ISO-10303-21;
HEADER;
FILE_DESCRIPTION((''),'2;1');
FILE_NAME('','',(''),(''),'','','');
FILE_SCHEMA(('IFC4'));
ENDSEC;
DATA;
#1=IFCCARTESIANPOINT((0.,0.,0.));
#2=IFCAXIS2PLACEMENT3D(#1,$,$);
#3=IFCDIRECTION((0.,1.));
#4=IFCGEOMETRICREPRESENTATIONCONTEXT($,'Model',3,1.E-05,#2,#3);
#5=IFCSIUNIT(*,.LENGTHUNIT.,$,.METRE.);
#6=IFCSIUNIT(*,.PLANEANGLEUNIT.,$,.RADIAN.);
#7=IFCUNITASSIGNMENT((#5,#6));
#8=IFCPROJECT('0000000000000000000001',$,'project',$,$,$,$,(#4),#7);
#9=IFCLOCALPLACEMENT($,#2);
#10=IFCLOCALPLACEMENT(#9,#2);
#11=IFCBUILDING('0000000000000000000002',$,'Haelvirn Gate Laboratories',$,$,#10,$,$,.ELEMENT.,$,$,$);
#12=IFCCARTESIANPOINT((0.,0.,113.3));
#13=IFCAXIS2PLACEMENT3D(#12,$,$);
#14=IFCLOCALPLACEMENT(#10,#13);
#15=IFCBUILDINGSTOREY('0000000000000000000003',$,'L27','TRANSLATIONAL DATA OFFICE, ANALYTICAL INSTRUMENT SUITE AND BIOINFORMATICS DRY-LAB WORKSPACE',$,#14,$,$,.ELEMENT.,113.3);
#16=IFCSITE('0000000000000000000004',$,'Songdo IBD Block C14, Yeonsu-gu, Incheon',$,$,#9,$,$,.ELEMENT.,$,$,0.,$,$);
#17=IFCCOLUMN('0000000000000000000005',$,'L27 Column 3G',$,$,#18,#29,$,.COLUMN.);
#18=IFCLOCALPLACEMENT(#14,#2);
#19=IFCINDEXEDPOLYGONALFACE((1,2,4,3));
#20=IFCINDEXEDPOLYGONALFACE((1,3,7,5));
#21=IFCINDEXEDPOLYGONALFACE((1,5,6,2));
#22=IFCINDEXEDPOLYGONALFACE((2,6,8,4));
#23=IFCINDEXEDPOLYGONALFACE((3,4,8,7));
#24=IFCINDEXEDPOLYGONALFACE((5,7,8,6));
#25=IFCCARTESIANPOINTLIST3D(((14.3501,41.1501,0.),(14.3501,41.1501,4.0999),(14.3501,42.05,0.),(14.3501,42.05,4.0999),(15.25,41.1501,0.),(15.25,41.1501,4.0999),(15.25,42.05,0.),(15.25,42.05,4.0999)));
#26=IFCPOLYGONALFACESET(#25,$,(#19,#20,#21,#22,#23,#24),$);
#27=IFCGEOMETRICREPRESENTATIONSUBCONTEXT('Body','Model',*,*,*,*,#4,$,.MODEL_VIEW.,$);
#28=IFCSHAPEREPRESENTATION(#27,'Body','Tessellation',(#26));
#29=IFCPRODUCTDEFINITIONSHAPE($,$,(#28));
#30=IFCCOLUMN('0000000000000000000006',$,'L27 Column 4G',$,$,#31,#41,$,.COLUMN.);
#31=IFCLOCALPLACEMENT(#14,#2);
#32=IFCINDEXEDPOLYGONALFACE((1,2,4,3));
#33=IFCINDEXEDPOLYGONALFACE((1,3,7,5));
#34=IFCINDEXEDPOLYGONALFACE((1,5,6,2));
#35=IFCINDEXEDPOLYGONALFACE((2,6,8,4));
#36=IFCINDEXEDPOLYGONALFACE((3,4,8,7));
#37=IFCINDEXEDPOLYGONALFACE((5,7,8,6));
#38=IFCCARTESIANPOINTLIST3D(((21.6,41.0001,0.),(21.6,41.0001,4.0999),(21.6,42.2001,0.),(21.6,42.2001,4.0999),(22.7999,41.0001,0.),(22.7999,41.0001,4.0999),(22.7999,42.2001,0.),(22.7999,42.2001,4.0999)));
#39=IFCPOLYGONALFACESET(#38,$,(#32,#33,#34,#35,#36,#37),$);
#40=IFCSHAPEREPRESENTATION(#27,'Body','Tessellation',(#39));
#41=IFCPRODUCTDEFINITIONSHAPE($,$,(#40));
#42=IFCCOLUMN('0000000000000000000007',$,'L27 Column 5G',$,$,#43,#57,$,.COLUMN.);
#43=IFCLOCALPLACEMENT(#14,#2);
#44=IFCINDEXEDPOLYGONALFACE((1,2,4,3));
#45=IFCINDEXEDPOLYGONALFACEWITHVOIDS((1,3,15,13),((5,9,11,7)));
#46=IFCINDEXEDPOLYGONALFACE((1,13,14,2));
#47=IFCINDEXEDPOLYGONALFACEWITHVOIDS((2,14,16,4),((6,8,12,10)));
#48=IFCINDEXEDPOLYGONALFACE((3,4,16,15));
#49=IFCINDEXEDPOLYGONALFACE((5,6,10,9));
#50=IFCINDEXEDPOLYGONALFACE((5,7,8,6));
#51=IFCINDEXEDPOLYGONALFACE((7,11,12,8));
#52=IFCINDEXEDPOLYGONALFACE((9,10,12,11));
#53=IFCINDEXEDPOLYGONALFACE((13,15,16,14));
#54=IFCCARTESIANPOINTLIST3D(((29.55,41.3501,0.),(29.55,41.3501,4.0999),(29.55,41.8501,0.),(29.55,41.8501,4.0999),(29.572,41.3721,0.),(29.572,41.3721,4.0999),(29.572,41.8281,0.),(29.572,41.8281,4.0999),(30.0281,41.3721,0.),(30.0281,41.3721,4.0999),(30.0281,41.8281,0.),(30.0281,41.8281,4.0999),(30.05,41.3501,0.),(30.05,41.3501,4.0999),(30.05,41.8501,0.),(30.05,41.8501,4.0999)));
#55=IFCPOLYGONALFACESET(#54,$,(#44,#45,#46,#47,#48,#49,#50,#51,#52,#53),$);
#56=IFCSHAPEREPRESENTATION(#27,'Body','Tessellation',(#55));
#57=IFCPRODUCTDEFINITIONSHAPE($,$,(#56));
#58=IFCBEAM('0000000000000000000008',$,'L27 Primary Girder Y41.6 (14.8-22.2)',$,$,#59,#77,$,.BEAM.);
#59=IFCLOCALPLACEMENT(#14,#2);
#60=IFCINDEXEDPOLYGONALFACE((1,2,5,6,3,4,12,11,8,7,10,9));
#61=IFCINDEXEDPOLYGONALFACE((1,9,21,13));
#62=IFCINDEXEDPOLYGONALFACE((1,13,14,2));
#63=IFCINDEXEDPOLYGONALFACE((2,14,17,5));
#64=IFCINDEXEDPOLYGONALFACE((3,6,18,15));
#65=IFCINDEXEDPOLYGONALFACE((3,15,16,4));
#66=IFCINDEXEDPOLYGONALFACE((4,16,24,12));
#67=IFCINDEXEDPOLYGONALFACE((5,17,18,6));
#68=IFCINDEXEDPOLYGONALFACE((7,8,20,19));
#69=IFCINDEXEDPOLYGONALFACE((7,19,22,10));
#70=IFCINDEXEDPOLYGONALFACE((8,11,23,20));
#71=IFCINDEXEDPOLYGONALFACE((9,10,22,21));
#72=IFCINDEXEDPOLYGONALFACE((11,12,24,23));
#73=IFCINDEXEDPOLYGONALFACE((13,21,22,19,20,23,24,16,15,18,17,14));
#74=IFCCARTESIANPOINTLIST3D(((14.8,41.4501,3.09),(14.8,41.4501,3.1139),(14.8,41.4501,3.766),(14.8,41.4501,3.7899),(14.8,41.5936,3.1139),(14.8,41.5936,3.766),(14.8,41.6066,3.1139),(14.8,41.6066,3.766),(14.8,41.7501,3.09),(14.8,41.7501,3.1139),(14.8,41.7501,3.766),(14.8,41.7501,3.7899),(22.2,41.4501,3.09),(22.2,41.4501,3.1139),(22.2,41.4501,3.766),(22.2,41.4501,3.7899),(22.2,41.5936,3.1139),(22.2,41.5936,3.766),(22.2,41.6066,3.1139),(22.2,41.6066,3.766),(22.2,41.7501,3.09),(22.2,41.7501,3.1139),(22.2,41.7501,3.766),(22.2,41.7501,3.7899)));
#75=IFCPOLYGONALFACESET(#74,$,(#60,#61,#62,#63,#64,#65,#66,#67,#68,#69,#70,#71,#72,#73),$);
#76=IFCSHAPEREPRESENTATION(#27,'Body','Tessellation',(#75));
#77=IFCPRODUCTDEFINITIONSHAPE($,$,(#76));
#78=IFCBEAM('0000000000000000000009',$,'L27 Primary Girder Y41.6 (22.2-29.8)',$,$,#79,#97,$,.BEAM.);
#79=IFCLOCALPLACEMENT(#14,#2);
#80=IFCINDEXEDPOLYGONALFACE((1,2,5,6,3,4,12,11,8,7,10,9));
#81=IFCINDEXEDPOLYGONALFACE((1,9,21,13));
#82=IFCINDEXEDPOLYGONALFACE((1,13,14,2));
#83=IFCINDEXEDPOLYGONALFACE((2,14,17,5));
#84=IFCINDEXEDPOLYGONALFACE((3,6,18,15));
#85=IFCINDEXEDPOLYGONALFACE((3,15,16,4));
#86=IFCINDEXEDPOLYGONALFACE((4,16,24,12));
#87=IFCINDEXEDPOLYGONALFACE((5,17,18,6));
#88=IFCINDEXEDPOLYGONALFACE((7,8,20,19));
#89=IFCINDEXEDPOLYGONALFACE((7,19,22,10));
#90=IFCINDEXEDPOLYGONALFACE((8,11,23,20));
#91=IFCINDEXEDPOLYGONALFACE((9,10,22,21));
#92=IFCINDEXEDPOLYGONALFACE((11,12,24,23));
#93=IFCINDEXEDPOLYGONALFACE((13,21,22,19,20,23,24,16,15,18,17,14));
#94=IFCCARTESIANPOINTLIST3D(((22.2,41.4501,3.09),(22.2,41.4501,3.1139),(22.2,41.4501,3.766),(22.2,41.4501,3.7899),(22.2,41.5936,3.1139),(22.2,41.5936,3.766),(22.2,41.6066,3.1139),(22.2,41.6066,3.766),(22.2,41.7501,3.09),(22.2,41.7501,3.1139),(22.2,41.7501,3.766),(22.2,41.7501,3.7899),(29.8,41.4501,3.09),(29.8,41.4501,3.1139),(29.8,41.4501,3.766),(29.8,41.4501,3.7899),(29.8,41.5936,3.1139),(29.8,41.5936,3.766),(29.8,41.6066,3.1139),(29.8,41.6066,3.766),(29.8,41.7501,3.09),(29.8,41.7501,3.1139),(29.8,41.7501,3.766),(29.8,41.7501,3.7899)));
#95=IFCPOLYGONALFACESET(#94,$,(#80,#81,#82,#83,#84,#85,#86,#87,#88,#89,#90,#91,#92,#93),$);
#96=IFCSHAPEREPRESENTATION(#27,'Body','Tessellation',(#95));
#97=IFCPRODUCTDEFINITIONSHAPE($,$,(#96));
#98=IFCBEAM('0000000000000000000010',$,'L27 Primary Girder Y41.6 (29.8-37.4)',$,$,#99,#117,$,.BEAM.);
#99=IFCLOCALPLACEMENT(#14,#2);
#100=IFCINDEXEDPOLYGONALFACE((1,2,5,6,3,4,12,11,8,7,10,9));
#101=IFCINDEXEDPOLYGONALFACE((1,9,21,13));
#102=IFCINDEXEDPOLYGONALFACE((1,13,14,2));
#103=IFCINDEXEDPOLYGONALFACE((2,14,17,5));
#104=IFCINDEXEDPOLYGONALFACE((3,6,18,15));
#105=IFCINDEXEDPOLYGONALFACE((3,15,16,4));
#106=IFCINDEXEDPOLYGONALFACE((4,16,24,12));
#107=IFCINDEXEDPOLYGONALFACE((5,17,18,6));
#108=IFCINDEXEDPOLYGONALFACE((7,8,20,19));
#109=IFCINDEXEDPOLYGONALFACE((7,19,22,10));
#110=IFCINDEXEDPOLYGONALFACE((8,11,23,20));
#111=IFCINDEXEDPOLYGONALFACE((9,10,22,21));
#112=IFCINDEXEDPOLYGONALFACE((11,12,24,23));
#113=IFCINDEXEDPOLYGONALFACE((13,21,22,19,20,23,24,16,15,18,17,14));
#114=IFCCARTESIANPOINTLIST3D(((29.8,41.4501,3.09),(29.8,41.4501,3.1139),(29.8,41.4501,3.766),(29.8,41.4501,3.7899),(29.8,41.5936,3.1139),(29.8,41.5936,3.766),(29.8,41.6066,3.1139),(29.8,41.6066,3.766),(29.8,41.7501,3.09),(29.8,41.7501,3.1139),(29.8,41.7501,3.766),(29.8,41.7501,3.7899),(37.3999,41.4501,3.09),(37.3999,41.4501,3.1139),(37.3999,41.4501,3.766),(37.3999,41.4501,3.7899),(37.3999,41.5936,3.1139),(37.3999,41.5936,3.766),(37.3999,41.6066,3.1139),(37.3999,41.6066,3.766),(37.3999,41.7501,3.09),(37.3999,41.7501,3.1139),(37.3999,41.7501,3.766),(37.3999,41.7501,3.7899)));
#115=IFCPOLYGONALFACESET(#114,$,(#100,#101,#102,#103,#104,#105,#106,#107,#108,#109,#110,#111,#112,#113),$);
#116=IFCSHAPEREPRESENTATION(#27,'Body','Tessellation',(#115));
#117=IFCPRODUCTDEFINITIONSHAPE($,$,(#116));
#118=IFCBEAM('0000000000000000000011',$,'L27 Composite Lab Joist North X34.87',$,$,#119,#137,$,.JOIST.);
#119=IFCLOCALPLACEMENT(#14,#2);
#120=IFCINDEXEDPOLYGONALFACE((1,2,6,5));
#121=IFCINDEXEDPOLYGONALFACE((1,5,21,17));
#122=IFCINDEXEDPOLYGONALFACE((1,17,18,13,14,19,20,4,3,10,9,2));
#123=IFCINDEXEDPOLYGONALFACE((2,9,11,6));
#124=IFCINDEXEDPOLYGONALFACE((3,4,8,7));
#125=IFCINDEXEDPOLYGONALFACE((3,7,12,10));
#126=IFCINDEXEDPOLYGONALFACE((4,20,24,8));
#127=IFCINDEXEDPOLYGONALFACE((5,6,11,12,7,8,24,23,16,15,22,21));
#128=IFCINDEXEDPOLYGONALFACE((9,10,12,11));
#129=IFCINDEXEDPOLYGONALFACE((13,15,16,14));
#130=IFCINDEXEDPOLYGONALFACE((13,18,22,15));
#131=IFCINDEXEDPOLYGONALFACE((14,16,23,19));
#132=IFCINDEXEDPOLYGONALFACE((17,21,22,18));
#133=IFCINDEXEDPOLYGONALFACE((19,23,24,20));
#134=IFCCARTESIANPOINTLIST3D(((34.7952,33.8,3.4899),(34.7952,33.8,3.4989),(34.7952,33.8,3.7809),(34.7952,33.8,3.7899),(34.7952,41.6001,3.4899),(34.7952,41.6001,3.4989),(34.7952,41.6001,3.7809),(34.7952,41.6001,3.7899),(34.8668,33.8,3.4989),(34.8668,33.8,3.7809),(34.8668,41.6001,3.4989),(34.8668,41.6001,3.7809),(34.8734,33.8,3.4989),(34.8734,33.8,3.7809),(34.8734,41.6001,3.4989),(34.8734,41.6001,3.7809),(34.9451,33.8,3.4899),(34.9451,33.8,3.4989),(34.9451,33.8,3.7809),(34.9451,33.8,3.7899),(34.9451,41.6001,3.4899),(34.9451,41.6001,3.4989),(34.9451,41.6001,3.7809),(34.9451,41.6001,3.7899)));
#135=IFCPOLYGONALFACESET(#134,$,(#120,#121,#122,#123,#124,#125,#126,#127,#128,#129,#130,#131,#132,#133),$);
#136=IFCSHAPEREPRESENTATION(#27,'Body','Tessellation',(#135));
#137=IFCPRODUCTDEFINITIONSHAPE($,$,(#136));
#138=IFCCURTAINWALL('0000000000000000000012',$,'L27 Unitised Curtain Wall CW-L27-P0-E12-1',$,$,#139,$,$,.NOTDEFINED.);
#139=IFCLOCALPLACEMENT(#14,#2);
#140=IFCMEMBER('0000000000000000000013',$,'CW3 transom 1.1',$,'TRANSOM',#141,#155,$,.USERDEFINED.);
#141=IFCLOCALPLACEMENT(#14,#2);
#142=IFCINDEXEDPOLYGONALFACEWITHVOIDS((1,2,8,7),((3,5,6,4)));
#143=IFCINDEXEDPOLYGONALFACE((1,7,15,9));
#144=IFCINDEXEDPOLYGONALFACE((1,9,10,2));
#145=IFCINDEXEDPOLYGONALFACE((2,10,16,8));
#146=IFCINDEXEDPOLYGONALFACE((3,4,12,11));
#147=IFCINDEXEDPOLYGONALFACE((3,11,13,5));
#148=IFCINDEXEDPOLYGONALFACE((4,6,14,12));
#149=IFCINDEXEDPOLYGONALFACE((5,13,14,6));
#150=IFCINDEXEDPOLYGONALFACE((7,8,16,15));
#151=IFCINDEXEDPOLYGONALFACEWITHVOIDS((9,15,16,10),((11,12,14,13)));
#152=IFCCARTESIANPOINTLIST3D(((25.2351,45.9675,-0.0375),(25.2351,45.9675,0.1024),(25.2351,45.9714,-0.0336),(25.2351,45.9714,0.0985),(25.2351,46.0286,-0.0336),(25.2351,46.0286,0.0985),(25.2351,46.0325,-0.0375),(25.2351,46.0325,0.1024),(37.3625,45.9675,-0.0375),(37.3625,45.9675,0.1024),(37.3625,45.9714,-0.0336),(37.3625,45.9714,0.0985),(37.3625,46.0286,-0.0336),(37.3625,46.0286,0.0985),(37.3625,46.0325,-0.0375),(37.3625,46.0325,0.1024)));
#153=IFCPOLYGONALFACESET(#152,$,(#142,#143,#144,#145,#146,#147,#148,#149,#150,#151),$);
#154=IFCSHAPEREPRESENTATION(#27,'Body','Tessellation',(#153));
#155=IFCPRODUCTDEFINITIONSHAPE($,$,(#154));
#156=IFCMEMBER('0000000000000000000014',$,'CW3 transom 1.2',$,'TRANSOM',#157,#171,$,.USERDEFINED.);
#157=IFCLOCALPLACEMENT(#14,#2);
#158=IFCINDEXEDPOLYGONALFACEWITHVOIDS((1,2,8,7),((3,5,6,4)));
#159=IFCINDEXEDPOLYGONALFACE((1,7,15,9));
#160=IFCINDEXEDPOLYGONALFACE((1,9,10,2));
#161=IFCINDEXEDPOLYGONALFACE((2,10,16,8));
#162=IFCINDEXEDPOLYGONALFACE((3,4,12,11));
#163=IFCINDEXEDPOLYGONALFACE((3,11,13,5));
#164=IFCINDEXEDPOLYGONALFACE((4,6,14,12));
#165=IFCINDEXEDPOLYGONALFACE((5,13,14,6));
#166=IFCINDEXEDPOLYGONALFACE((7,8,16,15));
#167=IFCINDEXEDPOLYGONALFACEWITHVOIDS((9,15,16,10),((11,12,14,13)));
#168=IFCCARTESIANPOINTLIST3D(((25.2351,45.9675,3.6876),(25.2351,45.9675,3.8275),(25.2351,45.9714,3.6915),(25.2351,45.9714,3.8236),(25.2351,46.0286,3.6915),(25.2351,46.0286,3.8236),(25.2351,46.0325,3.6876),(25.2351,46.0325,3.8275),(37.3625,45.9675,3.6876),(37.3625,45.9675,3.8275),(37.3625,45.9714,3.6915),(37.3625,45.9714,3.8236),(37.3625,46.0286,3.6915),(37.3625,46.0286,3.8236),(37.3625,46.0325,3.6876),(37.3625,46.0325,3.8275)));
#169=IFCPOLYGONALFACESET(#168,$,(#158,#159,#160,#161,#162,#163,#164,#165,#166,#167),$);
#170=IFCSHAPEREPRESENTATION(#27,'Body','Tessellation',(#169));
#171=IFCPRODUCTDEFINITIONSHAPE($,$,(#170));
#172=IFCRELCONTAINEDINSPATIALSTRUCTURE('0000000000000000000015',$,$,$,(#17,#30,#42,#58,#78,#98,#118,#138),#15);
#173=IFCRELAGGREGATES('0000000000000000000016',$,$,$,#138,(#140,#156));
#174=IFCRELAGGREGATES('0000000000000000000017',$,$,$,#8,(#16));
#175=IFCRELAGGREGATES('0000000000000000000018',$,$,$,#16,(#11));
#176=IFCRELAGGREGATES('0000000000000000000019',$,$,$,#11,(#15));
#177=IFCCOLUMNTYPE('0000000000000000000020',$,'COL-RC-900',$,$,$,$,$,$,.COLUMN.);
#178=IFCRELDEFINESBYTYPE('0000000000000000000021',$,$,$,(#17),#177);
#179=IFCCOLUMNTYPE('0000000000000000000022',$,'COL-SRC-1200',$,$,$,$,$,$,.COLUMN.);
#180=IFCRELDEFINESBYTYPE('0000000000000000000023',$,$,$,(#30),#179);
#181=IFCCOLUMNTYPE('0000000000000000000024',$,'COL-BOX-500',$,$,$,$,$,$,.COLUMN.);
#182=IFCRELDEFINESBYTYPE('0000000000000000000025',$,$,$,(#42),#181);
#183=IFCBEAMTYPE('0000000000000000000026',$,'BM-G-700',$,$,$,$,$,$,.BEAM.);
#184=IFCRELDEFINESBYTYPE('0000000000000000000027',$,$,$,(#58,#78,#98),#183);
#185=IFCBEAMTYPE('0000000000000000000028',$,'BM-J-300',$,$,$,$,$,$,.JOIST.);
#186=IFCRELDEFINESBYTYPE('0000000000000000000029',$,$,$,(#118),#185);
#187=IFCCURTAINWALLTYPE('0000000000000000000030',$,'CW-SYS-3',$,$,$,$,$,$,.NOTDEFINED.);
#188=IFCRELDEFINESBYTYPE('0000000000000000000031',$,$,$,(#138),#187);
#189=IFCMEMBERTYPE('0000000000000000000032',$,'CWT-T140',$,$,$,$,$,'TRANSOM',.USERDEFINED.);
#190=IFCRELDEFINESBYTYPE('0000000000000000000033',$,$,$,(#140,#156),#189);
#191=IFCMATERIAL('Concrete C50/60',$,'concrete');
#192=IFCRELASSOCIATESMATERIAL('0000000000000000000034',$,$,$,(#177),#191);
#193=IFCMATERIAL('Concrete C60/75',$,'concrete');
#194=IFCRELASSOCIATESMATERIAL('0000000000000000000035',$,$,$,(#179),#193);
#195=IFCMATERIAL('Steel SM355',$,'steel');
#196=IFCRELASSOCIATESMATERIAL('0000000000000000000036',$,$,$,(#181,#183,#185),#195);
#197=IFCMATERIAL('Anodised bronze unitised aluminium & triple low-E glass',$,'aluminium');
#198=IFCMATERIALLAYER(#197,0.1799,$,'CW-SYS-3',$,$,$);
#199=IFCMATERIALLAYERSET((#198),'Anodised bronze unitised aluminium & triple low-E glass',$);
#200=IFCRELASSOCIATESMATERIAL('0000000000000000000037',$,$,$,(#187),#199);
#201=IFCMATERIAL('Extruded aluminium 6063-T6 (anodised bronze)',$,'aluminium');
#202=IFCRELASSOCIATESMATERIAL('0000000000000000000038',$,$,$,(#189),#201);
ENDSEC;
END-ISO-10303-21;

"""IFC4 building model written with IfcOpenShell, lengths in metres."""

from ifc_helpers import new_model, si_unit, direction, frame, origin, origin_2d, place, context, subcontext, project, spatial, rectangle, hollow_rectangle, i_section, extrude, source, transform, mapped, material, layer, layer_set, material_profile, profile_set, type_object, type_shapes, element, aggregate, save


model = new_model("IFC4")

# Units and contexts
model_context = context("Model", 3, precision=1e-05, world=origin(), true_north=direction((0.0, 1.0)))
body_context = subcontext(model_context, "Body", "Model", "MODEL_VIEW")
ifc_project = project(units=[si_unit("LENGTHUNIT", "METRE"), si_unit("PLANEANGLEUNIT", "RADIAN")], contexts=[model_context])

# Site, building, storey
site_placement = place(None, origin())
site = spatial("IfcSite", under=ifc_project, at=site_placement, Name="Songdo IBD Block C14, Yeonsu-gu, Incheon", CompositionType="ELEMENT", RefElevation=0.0)
building_placement = place(site_placement, origin())
building = spatial("IfcBuilding", under=site, at=building_placement, Name="Haelvirn Gate Laboratories", CompositionType="ELEMENT")
storey_placement = place(building_placement, frame((0.0, 0.0, 113.3)))
storey = spatial("IfcBuildingStorey", under=building, at=storey_placement, Name="L27", Description="TRANSLATIONAL DATA OFFICE, ANALYTICAL INSTRUMENT SUITE AND BIOINFORMATICS DRY-LAB WORKSPACE", CompositionType="ELEMENT", Elevation=113.3)

# Columns
ifc_material_1 = material(Name="Concrete C50/60", Category="concrete")
ifc_material_profile_1 = material_profile(ifc_material_1, rectangle(XDim=0.8999, YDim=0.8999, at=origin_2d()), Name="RC-900x900")
ifc_profile_set_1 = profile_set([ifc_material_profile_1], Name="Concrete C50/60")
column_type_1 = type_object("IfcColumnType", Name="COL-RC-900", PredefinedType="COLUMN", material=ifc_profile_set_1)
shared_shape_1 = source(origin(), body_context, "Body", "SweptSolid", [
    extrude(rectangle(XDim=0.8999, YDim=0.8999, at=origin_2d()), origin(), (0.0, 0.0, 1.0), 4.0999),
])
type_shapes(column_type_1, [shared_shape_1])
column_1_placement = place(storey_placement, frame((14.8, 41.6001, 0.0), z_axis=(0.0, 0.0, 1.0), x_axis=(1.0, 0.0, 0.0)))
element("IfcColumn", 1, at=column_1_placement, inside=storey, type_object=column_type_1, Name="L27 Column 3G", PredefinedType="COLUMN", context=body_context, shape_type="MappedRepresentation", body=[
    mapped(shared_shape_1, transform((0.0, 0.0, 0.0), scale=1.0)),
])
ifc_material_2 = material(Name="Concrete C60/75", Category="concrete")
ifc_material_profile_2 = material_profile(ifc_material_2, rectangle(XDim=1.2, YDim=1.2, at=origin_2d()), Name="SRC-1200x1200")
ifc_profile_set_2 = profile_set([ifc_material_profile_2], Name="Concrete C60/75")
column_type_2 = type_object("IfcColumnType", Name="COL-SRC-1200", PredefinedType="COLUMN", material=ifc_profile_set_2)
shared_shape_2 = source(origin(), body_context, "Body", "SweptSolid", [
    extrude(rectangle(XDim=1.2, YDim=1.2, at=origin_2d()), origin(), (0.0, 0.0, 1.0), 4.0999),
])
type_shapes(column_type_2, [shared_shape_2])
column_2_placement = place(storey_placement, frame((22.2, 41.6001, 0.0), z_axis=(0.0, 0.0, 1.0), x_axis=(1.0, 0.0, 0.0)))
element("IfcColumn", 2, at=column_2_placement, inside=storey, type_object=column_type_2, Name="L27 Column 4G", PredefinedType="COLUMN", context=body_context, shape_type="MappedRepresentation", body=[
    mapped(shared_shape_2, transform((0.0, 0.0, 0.0), scale=1.0)),
])
ifc_material_3 = material(Name="Steel SM355", Category="steel")
ifc_material_profile_3 = material_profile(ifc_material_3, hollow_rectangle(XDim=0.5, YDim=0.5, WallThickness=0.022, at=origin_2d()), Name="BOX-500x500x22")
ifc_profile_set_3 = profile_set([ifc_material_profile_3], Name="Steel SM355")
column_type_3 = type_object("IfcColumnType", Name="COL-BOX-500", PredefinedType="COLUMN", material=ifc_profile_set_3)
shared_shape_3 = source(origin(), body_context, "Body", "SweptSolid", [
    extrude(hollow_rectangle(XDim=0.5, YDim=0.5, WallThickness=0.022, at=origin_2d()), origin(), (0.0, 0.0, 1.0), 4.0999),
])
type_shapes(column_type_3, [shared_shape_3])
column_3_placement = place(storey_placement, frame((29.8, 41.6001, 0.0), z_axis=(0.0, 0.0, 1.0), x_axis=(1.0, 0.0, 0.0)))
element("IfcColumn", 3, at=column_3_placement, inside=storey, type_object=column_type_3, Name="L27 Column 5G", PredefinedType="COLUMN", context=body_context, shape_type="MappedRepresentation", body=[
    mapped(shared_shape_3, transform((0.0, 0.0, 0.0), scale=1.0)),
])

# Beams
ifc_material_profile_4 = material_profile(ifc_material_3, i_section(OverallWidth=0.3, OverallDepth=0.7, WebThickness=0.0129, FlangeThickness=0.0239, at=origin_2d()), Name="H-700x300x13x24")
ifc_profile_set_4 = profile_set([ifc_material_profile_4], Name="Steel SM355")
beam_type_1 = type_object("IfcBeamType", Name="BM-G-700", PredefinedType="BEAM", material=ifc_profile_set_4)
shared_shape_4 = source(origin(), body_context, "Body", "SweptSolid", [
    extrude(i_section(OverallWidth=0.3, OverallDepth=0.7, WebThickness=0.0129, FlangeThickness=0.0239, at=origin_2d()), origin(), (0.0, 0.0, 1.0), 7.3999),
])
beam_1_placement = place(storey_placement, frame((14.8, 41.6001, 3.4399), z_axis=(1.0, 0.0, 0.0), x_axis=(0.0, 1.0, 0.0)))
element("IfcBeam", 4, at=beam_1_placement, inside=storey, type_object=beam_type_1, Name="L27 Primary Girder Y41.6 (14.8-22.2)", PredefinedType="BEAM", context=body_context, shape_type="MappedRepresentation", body=[
    mapped(shared_shape_4, transform((0.0, 0.0, 0.0), scale=1.0)),
])
shared_shape_5 = source(origin(), body_context, "Body", "SweptSolid", [
    extrude(i_section(OverallWidth=0.3, OverallDepth=0.7, WebThickness=0.0129, FlangeThickness=0.0239, at=origin_2d()), origin(), (0.0, 0.0, 1.0), 7.6001),
])
beam_2_placement = place(storey_placement, frame((22.2, 41.6001, 3.4399), z_axis=(1.0, 0.0, 0.0), x_axis=(0.0, 1.0, 0.0)))
element("IfcBeam", 5, at=beam_2_placement, inside=storey, type_object=beam_type_1, Name="L27 Primary Girder Y41.6 (22.2-29.8)", PredefinedType="BEAM", context=body_context, shape_type="MappedRepresentation", body=[
    mapped(shared_shape_5, transform((0.0, 0.0, 0.0), scale=1.0)),
])
shared_shape_6 = source(origin(), body_context, "Body", "SweptSolid", [
    extrude(i_section(OverallWidth=0.3, OverallDepth=0.7, WebThickness=0.0129, FlangeThickness=0.0239, at=origin_2d()), origin(), (0.0, 0.0, 1.0), 7.5999),
])
type_shapes(beam_type_1, [shared_shape_4, shared_shape_5, shared_shape_6])
beam_3_placement = place(storey_placement, frame((29.8, 41.6001, 3.4399), z_axis=(1.0, 0.0, 0.0), x_axis=(0.0, 1.0, 0.0)))
element("IfcBeam", 6, at=beam_3_placement, inside=storey, type_object=beam_type_1, Name="L27 Primary Girder Y41.6 (29.8-37.4)", PredefinedType="BEAM", context=body_context, shape_type="MappedRepresentation", body=[
    mapped(shared_shape_6, transform((0.0, 0.0, 0.0), scale=1.0)),
])
ifc_material_profile_5 = material_profile(ifc_material_3, i_section(OverallWidth=0.1499, OverallDepth=0.3, WebThickness=0.0066, FlangeThickness=0.009, at=origin_2d()), Name="H-300x150x6.5x9")
ifc_profile_set_5 = profile_set([ifc_material_profile_5], Name="Steel SM355")
beam_type_2 = type_object("IfcBeamType", Name="BM-J-300", PredefinedType="JOIST", material=ifc_profile_set_5)
shared_shape_7 = source(origin(), body_context, "Body", "SweptSolid", [
    extrude(i_section(OverallWidth=0.1499, OverallDepth=0.3, WebThickness=0.0066, FlangeThickness=0.009, at=origin_2d()), origin(), (0.0, 0.0, 1.0), 7.8),
])
type_shapes(beam_type_2, [shared_shape_7])
beam_4_placement = place(storey_placement, frame((34.8701, 33.8, 3.6399), z_axis=(0.0, 1.0, 0.0), x_axis=(-1.0, 0.0, 0.0)))
element("IfcBeam", 7, at=beam_4_placement, inside=storey, type_object=beam_type_2, Name="L27 Composite Lab Joist North X34.87", PredefinedType="JOIST", context=body_context, shape_type="MappedRepresentation", body=[
    mapped(shared_shape_7, transform((0.0, 0.0, 0.0), scale=1.0)),
])

# Curtain wall, members
ifc_material_4 = material(Name="Anodised bronze unitised aluminium & triple low-E glass", Category="aluminium")
ifc_layer_1 = layer(ifc_material_4, 0.1799, Name="CW-SYS-3")
ifc_layer_set_1 = layer_set([ifc_layer_1], Name="Anodised bronze unitised aluminium & triple low-E glass")
curtain_wall_type = type_object("IfcCurtainWallType", Name="CW-SYS-3", PredefinedType="NOTDEFINED", material=ifc_layer_set_1)
curtain_wall_1_placement = place(storey_placement, origin())
curtain_wall_1 = element("IfcCurtainWall", 8, at=curtain_wall_1_placement, inside=storey, type_object=curtain_wall_type, Name="L27 Unitised Curtain Wall CW-L27-P0-E12-1", PredefinedType="NOTDEFINED")
ifc_material_5 = material(Name="Extruded aluminium 6063-T6 (anodised bronze)", Category="aluminium")
ifc_material_profile_6 = material_profile(ifc_material_5, hollow_rectangle(XDim=0.0649, YDim=0.1399, WallThickness=0.0039, at=origin_2d()), Name="CWT-140x65x4")
ifc_profile_set_6 = profile_set([ifc_material_profile_6], Name="Extruded aluminium 6063-T6 (anodised bronze)")
member_type_1 = type_object("IfcMemberType", Name="CWT-T140", ElementType="TRANSOM", PredefinedType="USERDEFINED", material=ifc_profile_set_6)
shared_shape_8 = source(origin(), body_context, "Body", "SweptSolid", [
    extrude(hollow_rectangle(XDim=0.0649, YDim=0.1399, WallThickness=0.0039, at=origin_2d()), origin(), (0.0, 0.0, 1.0), 12.1274),
])
member_1_placement = place(storey_placement, frame((25.2351, 46.0, 0.0325), z_axis=(1.0, 0.0, 0.0), x_axis=(0.0, 1.0, 0.0)))
member_1 = element("IfcMember", 9, at=member_1_placement, type_object=member_type_1, Name="CW3 transom 1.1", ObjectType="TRANSOM", PredefinedType="USERDEFINED", context=body_context, shape_type="MappedRepresentation", body=[
    mapped(shared_shape_8, transform((0.0, 0.0, 0.0), scale=1.0)),
])
member_2_placement = place(storey_placement, frame((25.2351, 46.0, 3.7576), z_axis=(1.0, 0.0, 0.0), x_axis=(0.0, 1.0, 0.0)))
member_2 = element("IfcMember", 10, at=member_2_placement, type_object=member_type_1, Name="CW3 transom 1.2", ObjectType="TRANSOM", PredefinedType="USERDEFINED", context=body_context, shape_type="MappedRepresentation", body=[
    mapped(shared_shape_8, transform((0.0, 0.0, 0.0), scale=1.0)),
])

aggregate(curtain_wall_1, [member_1, member_2])

save(model, "model.ifc")
